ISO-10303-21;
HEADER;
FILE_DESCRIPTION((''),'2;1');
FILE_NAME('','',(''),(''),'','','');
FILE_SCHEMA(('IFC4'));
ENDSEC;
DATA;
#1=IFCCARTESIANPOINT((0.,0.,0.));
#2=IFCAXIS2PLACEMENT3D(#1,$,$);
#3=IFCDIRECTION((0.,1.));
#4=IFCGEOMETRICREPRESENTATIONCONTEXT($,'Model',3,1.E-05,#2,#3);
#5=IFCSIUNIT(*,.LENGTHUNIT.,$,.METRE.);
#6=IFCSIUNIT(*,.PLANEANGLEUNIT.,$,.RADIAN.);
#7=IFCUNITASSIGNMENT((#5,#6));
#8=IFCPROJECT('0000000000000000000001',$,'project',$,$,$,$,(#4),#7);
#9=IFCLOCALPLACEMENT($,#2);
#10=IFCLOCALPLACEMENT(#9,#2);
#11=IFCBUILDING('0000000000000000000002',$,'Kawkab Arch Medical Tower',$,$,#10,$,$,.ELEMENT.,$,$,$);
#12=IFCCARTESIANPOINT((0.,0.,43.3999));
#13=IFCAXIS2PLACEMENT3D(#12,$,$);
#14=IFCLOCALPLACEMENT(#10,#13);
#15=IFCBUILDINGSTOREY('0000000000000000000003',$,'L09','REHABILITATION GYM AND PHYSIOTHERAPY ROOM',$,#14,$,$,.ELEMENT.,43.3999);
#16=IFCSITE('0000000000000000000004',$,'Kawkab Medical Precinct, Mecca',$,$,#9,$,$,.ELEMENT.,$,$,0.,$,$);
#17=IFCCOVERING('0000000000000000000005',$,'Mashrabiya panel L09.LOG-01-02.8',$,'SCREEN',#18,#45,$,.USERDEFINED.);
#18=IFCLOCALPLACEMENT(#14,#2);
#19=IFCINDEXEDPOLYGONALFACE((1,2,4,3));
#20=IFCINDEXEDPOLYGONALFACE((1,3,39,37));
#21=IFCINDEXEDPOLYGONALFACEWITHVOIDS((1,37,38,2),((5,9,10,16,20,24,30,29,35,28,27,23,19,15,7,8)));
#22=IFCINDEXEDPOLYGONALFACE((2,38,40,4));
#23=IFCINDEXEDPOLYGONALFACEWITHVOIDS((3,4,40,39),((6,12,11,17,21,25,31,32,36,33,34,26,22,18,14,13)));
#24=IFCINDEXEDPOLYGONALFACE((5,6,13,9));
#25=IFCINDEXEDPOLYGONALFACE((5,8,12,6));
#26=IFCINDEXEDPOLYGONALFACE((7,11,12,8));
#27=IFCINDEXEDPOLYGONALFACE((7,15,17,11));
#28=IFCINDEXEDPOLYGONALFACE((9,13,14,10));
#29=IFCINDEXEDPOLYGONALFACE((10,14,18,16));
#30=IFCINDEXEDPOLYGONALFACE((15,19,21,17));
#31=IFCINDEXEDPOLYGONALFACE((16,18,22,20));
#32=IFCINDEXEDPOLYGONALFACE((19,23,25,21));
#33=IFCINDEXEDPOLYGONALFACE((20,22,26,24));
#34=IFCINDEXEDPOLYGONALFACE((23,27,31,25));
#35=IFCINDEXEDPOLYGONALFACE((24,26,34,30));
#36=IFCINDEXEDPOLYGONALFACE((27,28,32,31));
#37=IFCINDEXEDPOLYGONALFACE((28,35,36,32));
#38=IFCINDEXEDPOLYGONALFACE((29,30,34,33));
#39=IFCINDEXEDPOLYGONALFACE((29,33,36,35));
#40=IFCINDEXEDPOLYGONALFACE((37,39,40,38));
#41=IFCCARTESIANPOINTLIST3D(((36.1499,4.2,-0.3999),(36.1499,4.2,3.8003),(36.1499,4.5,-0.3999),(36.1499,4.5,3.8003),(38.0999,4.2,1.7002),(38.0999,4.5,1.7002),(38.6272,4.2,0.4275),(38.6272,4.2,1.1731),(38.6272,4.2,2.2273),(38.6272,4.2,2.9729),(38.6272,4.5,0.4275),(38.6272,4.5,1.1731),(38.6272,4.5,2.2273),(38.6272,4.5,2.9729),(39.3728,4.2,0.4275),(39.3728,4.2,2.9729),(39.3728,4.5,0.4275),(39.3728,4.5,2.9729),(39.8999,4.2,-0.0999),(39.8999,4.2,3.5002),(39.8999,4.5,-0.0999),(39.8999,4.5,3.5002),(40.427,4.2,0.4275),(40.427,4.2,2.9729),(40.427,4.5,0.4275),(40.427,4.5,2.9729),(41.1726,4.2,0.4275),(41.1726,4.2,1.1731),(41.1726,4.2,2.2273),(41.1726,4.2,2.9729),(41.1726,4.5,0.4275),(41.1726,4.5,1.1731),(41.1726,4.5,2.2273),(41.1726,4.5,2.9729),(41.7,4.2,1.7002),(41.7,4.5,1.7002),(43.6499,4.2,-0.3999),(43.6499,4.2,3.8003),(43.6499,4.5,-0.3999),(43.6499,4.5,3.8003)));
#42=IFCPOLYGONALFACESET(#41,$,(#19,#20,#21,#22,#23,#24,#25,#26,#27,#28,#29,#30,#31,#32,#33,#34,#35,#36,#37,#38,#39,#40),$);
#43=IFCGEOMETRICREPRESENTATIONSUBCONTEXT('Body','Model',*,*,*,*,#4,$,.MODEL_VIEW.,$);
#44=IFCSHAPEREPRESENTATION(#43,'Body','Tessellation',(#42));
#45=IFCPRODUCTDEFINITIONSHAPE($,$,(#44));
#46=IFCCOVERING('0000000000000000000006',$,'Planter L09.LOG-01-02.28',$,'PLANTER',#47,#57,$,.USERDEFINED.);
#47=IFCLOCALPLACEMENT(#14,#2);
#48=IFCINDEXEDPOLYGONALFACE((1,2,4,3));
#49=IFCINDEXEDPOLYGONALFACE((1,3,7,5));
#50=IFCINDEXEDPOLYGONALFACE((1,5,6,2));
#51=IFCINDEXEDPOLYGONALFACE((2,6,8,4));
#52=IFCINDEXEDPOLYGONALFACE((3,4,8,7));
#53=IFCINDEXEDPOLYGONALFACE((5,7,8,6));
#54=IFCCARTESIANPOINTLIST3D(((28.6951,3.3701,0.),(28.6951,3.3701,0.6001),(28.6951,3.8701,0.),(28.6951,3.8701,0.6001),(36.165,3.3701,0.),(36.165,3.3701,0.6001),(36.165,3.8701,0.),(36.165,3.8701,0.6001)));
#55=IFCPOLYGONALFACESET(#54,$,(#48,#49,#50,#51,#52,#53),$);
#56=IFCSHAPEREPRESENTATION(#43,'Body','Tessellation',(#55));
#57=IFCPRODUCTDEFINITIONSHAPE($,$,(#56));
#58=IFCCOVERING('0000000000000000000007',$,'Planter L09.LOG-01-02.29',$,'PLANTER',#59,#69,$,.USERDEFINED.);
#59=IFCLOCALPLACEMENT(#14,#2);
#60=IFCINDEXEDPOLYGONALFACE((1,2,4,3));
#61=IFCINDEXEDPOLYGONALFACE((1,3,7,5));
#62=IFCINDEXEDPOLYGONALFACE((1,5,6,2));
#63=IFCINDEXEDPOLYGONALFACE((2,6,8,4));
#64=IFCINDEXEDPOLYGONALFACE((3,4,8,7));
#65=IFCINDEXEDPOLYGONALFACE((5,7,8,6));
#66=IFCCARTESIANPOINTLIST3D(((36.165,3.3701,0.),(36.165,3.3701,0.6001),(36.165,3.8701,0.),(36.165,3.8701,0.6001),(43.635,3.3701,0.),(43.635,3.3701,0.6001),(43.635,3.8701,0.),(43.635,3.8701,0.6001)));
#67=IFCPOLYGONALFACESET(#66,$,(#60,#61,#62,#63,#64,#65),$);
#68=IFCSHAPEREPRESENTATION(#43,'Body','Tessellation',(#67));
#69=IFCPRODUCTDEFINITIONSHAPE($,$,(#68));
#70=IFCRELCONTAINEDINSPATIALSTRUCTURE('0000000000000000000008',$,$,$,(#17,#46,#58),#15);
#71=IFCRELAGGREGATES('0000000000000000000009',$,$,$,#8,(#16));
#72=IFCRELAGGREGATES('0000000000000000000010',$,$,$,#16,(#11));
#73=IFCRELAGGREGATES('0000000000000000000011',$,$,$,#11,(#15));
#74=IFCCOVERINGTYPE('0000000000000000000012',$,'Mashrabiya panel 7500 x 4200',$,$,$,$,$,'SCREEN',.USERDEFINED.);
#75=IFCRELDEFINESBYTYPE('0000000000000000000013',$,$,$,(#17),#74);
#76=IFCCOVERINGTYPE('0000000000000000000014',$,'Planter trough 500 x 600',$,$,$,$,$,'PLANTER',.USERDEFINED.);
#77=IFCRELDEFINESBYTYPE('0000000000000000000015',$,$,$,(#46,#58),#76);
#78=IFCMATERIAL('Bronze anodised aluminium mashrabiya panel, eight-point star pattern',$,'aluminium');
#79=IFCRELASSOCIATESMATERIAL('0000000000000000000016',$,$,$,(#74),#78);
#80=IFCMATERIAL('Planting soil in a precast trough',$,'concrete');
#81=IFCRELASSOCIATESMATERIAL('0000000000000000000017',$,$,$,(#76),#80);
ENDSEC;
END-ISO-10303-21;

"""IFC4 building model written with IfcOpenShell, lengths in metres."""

from ifc_helpers import new_model, si_unit, direction, frame, origin, origin_2d, place, context, subcontext, project, spatial, polyline, rectangle, outline, extrude, material, material_profile, profile_set, type_object, element, save


model = new_model("IFC4")

# Units and contexts
model_context = context("Model", 3, precision=1e-05, world=origin(), true_north=direction((0.0, 1.0)))
body_context = subcontext(model_context, "Body", "Model", "MODEL_VIEW")
ifc_project = project(units=[si_unit("LENGTHUNIT", "METRE"), si_unit("PLANEANGLEUNIT", "RADIAN")], contexts=[model_context])

# Site, building, storey
site_placement = place(None, origin())
site = spatial("IfcSite", under=ifc_project, at=site_placement, Name="Kawkab Medical Precinct, Mecca", CompositionType="ELEMENT", RefElevation=0.0)
building_placement = place(site_placement, origin())
building = spatial("IfcBuilding", under=site, at=building_placement, Name="Kawkab Arch Medical Tower", CompositionType="ELEMENT")
storey_placement = place(building_placement, frame((0.0, 0.0, 43.3999)))
storey = spatial("IfcBuildingStorey", under=building, at=storey_placement, Name="L09", Description="REHABILITATION GYM AND PHYSIOTHERAPY ROOM", CompositionType="ELEMENT", Elevation=43.3999)

# Coverings
ifc_material_1 = material(Name="Bronze anodised aluminium mashrabiya panel, eight-point star pattern", Category="aluminium")
ifc_material_profile_1 = material_profile(ifc_material_1, outline(polyline([(-3.75, -2.1001), (3.75, -2.1001), (3.75, 2.1001), (-3.75, 2.1001), (-3.75, -2.1001)]), holes=[polyline([(1.8, 0.0), (1.2727, 0.5271), (1.2727, 1.2727), (0.5271, 1.2727), (0.0, 1.8), (-0.5271, 1.2727), (-1.2727, 1.2727), (-1.2727, 0.5271), (-1.8, 0.0), (-1.2727, -0.5271), (-1.2727, -1.2727), (-0.5271, -1.2727), (0.0, -1.8), (0.5271, -1.2727), (1.2727, -1.2727), (1.2727, -0.5271), (1.8, 0.0)])]), Name="Mashrabiya panel 7500x4200")
ifc_profile_set_1 = profile_set([ifc_material_profile_1], Name="Bronze anodised aluminium mashrabiya panel, eight-point star pattern")
covering_type_1 = type_object("IfcCoveringType", Name="Mashrabiya panel 7500 x 4200", ElementType="SCREEN", PredefinedType="USERDEFINED", material=ifc_profile_set_1)
covering_placement = place(storey_placement, frame((39.8999, 4.2, 1.7002), z_axis=(0.0, 1.0, 0.0), x_axis=(-1.0, 0.0, 0.0)))
element("IfcCovering", 1, at=covering_placement, inside=storey, type_object=covering_type_1, Name="Mashrabiya panel L09.LOG-01-02.8", ObjectType="SCREEN", PredefinedType="USERDEFINED", context=body_context, shape_type="SweptSolid", body=[
    extrude(outline(polyline([(-3.75, -2.1001), (3.75, -2.1001), (3.75, 2.1001), (-3.75, 2.1001), (-3.75, -2.1001)]), holes=[polyline([(1.8, 0.0), (1.2727, 0.5271), (1.2727, 1.2727), (0.5271, 1.2727), (0.0, 1.8), (-0.5271, 1.2727), (-1.2727, 1.2727), (-1.2727, 0.5271), (-1.8, 0.0), (-1.2727, -0.5271), (-1.2727, -1.2727), (-0.5271, -1.2727), (0.0, -1.8), (0.5271, -1.2727), (1.2727, -1.2727), (1.2727, -0.5271), (1.8, 0.0)])]), origin(), (0.0, 0.0, 1.0), 0.3),
])
ifc_material_2 = material(Name="Planting soil in a precast trough", Category="concrete")
ifc_material_profile_2 = material_profile(ifc_material_2, rectangle(XDim=0.5, YDim=0.6001, at=origin_2d()), Name="Trough 500x600")
ifc_profile_set_2 = profile_set([ifc_material_profile_2], Name="Planting soil in a precast trough")
covering_type_2 = type_object("IfcCoveringType", Name="Planter trough 500 x 600", ElementType="PLANTER", PredefinedType="USERDEFINED", material=ifc_profile_set_2)
for number, where, z_axis, x_axis, name in (
    (2, (28.6951, 3.6201, 0.3), (1.0, 0.0, 0.0), (0.0, 1.0, 0.0), "Planter L09.LOG-01-02.28"),
    (3, (36.165, 3.6201, 0.3), (1.0, 0.0, 0.0), (0.0, 1.0, 0.0), "Planter L09.LOG-01-02.29"),
):
    element("IfcCovering", number, at=place(storey_placement, frame(where, z_axis=z_axis, x_axis=x_axis)), inside=storey, type_object=covering_type_2, Name=name, ObjectType="PLANTER", PredefinedType="USERDEFINED", context=body_context, shape_type="SweptSolid", body=[
        extrude(rectangle(XDim=0.5, YDim=0.6001, at=origin_2d()), origin(), (0.0, 0.0, 1.0), 7.47),
    ])

save(model, "model.ifc")
